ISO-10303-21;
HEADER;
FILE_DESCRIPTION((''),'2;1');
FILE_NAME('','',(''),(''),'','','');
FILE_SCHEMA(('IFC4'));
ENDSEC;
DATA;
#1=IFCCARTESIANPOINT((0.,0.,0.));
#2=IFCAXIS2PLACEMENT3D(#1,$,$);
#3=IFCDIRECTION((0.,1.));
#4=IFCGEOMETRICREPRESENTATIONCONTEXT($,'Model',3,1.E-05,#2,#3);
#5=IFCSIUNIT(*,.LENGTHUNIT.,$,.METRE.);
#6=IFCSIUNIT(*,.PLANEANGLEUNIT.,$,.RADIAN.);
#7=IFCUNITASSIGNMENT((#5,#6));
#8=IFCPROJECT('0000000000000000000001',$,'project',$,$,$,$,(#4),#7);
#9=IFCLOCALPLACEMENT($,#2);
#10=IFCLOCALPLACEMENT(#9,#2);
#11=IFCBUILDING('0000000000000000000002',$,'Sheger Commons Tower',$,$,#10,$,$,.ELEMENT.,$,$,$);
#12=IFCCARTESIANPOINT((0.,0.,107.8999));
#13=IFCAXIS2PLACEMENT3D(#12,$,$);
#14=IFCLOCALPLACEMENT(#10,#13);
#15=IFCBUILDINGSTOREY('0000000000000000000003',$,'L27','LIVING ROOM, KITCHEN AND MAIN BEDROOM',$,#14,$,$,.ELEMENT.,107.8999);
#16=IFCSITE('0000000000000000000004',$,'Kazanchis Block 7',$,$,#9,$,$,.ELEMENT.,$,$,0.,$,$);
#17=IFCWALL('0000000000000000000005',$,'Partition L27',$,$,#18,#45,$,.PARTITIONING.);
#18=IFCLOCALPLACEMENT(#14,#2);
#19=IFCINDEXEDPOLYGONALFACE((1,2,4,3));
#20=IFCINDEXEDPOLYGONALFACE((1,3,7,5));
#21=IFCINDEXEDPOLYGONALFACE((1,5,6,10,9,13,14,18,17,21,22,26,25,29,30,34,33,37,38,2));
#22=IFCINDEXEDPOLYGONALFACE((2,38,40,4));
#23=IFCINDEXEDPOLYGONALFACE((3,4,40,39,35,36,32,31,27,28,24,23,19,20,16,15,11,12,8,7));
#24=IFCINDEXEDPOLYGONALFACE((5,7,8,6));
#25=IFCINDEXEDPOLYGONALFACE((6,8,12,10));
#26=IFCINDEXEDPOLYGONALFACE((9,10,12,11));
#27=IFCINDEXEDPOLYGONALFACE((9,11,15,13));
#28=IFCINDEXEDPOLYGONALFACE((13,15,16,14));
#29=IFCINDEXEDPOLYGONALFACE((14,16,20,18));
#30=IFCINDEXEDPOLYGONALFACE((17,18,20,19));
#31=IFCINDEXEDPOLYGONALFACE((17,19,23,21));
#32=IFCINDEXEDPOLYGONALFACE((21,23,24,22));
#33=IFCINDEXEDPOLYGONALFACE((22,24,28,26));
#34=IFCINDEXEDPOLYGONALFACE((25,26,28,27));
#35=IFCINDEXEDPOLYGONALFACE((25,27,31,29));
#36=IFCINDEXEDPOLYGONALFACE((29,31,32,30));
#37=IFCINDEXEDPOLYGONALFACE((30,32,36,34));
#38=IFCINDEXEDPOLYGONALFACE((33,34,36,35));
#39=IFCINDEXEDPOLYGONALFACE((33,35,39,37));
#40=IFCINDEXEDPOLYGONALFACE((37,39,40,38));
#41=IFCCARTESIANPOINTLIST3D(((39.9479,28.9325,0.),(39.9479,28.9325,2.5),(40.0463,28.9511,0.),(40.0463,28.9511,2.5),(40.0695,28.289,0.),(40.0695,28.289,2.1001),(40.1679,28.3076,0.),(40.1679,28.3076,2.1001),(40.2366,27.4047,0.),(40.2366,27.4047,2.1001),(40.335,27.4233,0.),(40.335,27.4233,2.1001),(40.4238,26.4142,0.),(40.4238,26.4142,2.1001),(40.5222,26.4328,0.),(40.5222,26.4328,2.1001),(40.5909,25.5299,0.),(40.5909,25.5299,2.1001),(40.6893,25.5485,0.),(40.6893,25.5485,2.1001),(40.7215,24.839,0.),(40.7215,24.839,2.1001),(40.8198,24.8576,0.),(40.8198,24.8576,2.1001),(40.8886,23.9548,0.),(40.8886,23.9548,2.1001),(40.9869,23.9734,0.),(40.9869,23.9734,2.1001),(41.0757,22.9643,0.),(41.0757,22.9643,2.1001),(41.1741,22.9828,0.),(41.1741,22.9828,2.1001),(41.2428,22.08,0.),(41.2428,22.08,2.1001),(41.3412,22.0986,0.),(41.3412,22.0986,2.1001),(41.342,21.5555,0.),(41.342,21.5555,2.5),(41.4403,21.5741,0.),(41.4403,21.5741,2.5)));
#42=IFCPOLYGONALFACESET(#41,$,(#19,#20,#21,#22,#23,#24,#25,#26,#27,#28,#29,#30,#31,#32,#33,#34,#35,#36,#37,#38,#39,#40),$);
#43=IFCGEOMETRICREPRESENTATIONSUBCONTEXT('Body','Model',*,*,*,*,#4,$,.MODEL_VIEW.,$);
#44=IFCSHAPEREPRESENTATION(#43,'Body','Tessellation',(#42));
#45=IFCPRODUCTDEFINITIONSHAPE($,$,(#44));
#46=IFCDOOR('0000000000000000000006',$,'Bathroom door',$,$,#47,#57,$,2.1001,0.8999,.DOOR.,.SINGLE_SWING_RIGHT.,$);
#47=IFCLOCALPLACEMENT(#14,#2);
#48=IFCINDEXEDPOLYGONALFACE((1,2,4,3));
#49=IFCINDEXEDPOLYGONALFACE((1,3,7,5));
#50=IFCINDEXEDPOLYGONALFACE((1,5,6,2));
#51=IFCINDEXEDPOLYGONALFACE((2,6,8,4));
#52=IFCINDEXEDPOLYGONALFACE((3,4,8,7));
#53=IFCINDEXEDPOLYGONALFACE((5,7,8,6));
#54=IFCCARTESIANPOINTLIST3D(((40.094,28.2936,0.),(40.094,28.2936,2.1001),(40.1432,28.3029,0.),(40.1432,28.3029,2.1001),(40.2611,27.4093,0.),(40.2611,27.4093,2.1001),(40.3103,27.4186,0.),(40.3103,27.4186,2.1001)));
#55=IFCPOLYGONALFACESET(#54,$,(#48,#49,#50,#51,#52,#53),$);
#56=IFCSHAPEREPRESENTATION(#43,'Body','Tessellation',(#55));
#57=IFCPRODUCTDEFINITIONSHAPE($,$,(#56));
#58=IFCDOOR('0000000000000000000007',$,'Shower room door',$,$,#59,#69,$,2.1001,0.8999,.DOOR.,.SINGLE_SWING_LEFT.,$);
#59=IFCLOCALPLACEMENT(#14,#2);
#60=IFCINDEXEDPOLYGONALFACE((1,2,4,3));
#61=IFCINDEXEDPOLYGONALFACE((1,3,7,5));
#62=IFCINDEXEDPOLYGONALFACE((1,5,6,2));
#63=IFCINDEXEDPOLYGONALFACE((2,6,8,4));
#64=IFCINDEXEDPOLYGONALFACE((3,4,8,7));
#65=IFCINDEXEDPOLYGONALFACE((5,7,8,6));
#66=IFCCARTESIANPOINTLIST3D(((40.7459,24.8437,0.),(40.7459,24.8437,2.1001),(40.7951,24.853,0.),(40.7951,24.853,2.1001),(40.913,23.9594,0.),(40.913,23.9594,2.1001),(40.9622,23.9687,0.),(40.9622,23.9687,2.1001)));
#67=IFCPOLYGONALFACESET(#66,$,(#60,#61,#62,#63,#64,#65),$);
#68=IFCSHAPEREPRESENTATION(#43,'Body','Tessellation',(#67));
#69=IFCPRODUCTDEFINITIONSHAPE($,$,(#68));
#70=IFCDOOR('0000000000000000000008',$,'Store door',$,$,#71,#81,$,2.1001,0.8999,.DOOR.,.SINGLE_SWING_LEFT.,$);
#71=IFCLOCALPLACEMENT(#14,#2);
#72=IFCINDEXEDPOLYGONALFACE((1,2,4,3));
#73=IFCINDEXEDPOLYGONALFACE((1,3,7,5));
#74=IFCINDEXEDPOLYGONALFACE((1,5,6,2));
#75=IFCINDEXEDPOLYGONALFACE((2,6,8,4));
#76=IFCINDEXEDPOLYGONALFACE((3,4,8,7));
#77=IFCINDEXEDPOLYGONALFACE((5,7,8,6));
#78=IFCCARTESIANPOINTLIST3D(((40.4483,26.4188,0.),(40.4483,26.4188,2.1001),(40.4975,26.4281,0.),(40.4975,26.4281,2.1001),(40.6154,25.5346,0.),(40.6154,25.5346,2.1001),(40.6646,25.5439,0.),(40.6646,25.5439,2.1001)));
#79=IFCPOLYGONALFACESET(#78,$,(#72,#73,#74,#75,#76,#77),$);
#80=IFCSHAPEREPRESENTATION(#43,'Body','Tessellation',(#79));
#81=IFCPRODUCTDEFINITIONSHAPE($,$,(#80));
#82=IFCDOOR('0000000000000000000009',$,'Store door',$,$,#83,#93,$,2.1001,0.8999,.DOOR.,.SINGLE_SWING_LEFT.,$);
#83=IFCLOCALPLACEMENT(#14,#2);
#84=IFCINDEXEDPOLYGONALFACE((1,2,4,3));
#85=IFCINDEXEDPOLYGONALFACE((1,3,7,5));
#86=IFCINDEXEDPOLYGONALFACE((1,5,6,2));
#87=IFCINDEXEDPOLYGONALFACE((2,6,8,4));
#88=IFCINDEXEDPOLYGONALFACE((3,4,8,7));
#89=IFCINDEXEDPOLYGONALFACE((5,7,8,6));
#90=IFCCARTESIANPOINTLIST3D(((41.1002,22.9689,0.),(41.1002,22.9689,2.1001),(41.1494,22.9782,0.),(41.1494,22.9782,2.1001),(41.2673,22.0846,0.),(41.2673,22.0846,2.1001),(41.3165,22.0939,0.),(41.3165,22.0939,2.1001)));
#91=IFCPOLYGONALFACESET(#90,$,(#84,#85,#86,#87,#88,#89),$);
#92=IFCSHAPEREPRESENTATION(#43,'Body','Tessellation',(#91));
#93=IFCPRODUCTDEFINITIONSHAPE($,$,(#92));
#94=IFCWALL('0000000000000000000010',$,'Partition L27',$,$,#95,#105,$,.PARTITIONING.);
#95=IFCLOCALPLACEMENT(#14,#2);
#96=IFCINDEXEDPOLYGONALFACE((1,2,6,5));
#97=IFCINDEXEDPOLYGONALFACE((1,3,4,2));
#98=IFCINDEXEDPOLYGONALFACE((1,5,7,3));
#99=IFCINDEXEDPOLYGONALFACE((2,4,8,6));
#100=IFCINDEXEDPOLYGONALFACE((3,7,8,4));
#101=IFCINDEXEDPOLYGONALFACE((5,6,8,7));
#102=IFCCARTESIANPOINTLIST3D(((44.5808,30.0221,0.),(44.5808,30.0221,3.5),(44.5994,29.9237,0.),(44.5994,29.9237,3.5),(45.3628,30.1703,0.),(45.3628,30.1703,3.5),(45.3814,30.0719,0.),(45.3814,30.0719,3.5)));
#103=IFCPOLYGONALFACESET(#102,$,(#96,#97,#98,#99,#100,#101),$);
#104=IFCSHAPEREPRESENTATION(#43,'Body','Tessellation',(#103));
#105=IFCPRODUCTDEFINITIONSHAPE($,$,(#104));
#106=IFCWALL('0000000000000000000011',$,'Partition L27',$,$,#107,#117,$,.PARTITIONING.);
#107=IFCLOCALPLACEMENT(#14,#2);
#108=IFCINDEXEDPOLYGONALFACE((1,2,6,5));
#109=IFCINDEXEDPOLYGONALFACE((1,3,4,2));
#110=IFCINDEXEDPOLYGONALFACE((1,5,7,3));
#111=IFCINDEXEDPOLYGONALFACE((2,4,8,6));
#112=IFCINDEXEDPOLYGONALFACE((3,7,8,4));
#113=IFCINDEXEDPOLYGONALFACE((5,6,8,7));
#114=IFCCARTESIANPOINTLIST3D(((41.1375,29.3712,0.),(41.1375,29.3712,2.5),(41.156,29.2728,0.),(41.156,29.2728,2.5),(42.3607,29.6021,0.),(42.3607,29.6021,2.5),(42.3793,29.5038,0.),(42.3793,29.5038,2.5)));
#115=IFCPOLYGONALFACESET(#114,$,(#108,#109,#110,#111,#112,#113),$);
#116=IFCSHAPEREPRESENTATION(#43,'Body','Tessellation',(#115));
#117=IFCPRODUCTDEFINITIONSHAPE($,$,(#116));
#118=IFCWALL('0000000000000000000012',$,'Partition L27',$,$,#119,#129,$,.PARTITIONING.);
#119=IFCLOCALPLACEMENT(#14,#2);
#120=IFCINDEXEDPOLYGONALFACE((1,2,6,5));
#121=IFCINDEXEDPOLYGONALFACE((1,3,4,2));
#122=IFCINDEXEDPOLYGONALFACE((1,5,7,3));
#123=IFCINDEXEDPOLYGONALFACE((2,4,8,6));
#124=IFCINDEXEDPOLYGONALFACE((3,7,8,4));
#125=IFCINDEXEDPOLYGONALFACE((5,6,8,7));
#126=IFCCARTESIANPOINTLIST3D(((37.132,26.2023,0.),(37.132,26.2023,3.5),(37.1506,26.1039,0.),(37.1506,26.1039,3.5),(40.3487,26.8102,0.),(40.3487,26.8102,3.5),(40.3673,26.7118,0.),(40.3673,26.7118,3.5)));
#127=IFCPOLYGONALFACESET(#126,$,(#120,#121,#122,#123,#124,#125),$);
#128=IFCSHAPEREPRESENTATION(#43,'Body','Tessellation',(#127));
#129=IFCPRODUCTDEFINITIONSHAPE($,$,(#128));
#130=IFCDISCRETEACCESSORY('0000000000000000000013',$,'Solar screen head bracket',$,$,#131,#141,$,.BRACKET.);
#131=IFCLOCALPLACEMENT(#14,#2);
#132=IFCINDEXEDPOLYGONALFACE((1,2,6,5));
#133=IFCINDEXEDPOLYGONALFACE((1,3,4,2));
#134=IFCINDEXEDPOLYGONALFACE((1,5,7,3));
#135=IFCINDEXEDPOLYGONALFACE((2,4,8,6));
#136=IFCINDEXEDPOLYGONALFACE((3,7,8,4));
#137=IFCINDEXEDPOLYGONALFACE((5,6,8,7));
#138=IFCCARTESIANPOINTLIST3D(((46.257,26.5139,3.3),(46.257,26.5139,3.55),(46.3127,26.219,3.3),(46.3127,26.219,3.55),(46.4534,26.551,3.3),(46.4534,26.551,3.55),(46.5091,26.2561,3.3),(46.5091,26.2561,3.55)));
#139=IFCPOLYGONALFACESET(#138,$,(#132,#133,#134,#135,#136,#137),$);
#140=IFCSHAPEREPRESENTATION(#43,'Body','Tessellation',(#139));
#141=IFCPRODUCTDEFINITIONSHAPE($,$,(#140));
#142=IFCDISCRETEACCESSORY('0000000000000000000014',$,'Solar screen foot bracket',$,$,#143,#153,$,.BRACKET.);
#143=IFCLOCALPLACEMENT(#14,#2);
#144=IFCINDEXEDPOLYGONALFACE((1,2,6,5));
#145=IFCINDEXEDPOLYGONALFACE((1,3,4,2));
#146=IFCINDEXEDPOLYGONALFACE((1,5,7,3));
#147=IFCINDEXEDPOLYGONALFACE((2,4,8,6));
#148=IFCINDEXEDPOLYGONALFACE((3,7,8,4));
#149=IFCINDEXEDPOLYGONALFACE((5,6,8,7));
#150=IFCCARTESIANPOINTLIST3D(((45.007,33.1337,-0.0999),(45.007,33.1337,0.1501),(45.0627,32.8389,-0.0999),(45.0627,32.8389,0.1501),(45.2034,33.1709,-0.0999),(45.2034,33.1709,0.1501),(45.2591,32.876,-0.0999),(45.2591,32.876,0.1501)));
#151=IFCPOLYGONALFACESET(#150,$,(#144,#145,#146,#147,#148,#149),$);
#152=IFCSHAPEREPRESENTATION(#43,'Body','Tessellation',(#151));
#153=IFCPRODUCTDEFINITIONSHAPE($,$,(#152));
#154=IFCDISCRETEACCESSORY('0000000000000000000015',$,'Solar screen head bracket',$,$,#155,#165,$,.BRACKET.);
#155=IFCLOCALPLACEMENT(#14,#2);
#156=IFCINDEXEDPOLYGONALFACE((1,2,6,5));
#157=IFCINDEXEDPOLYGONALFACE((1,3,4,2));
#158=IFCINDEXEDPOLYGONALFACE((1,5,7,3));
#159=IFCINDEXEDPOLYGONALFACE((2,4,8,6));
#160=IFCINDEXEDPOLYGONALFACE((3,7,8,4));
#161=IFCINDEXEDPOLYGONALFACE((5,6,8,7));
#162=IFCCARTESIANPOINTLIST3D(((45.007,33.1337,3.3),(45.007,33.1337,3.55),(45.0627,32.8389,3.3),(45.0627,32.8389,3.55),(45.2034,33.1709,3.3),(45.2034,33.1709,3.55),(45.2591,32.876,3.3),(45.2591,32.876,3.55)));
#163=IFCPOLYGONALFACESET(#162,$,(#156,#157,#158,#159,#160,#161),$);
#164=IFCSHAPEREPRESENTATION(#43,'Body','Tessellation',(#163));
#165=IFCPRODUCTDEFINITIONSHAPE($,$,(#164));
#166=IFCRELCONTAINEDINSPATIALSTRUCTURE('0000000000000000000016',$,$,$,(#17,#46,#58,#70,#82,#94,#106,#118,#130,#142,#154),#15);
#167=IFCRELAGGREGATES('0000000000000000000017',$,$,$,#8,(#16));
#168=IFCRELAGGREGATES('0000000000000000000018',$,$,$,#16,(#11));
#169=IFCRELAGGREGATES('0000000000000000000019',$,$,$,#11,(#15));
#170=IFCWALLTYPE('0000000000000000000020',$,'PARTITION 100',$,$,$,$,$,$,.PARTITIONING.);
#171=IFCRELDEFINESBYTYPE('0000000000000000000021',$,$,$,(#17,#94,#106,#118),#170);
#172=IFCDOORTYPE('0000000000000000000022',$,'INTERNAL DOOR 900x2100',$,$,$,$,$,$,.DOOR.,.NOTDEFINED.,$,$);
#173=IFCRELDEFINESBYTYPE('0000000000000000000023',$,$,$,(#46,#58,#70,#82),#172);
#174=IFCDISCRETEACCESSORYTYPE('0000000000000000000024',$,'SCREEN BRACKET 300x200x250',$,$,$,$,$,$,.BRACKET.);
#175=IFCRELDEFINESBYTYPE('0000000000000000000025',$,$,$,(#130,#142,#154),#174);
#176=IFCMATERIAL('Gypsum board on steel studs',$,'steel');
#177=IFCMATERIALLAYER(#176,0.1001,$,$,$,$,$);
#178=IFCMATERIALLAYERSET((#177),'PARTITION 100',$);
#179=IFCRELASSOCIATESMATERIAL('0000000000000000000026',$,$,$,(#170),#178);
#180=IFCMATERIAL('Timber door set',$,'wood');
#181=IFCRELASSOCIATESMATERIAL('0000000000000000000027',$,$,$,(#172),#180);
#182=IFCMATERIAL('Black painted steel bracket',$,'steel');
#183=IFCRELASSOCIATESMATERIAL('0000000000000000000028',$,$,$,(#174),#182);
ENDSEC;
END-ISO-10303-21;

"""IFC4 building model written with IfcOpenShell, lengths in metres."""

from ifc_helpers import new_model, si_unit, direction, frame, frame_2d, origin, origin_2d, place, context, subcontext, project, spatial, rectangle, extrude, material, layer, layer_set, type_object, element, fill, save


model = new_model("IFC4")

# Units and contexts
model_context = context("Model", 3, precision=1e-05, world=origin(), true_north=direction((0.0, 1.0)))
body_context = subcontext(model_context, "Body", "Model", "MODEL_VIEW")
ifc_project = project(units=[si_unit("LENGTHUNIT", "METRE"), si_unit("PLANEANGLEUNIT", "RADIAN")], contexts=[model_context])

# Site, building, storey
site_placement = place(None, origin())
site = spatial("IfcSite", under=ifc_project, at=site_placement, Name="Kazanchis Block 7", CompositionType="ELEMENT", RefElevation=0.0)
building_placement = place(site_placement, origin())
building = spatial("IfcBuilding", under=site, at=building_placement, Name="Sheger Commons Tower", CompositionType="ELEMENT")
storey_placement = place(building_placement, frame((0.0, 0.0, 107.8999)))
storey = spatial("IfcBuildingStorey", under=building, at=storey_placement, Name="L27", Description="LIVING ROOM, KITCHEN AND MAIN BEDROOM", CompositionType="ELEMENT", Elevation=107.8999)

# Wall, openings, doors
ifc_material_1 = material(Name="Gypsum board on steel studs", Category="steel")
ifc_layer_1 = layer(ifc_material_1, 0.1001)
ifc_layer_set_1 = layer_set([ifc_layer_1], Name="PARTITION 100")
wall_type_1 = type_object("IfcWallType", Name="PARTITION 100", PredefinedType="PARTITIONING", material=ifc_layer_set_1)
ifc_material_2 = material(Name="Timber door set", Category="wood")
door_type = type_object("IfcDoorType", Name="INTERNAL DOOR 900x2100", OperationType="NOTDEFINED", PredefinedType="DOOR", material=ifc_material_2)
wall_1_placement = place(storey_placement, frame((39.9971, 28.9419, 0.0), z_axis=(0.0, 0.0, 1.0), x_axis=(0.185686, -0.982609, 0.0)))
wall_1 = element("IfcWall", 1, at=wall_1_placement, inside=storey, type_object=wall_type_1, Name="Partition L27", PredefinedType="PARTITIONING", context=body_context, shape_type="SweptSolid", body=[
    extrude(rectangle(XDim=7.5076, YDim=0.1001, at=frame_2d((3.7539, 0.0))), origin(), (0.0, 0.0, 1.0), 2.5),
])
opening_1_placement = place(wall_1_placement, frame((0.655, 0.0, 0.0)))
opening_1 = element("IfcOpeningElement", 2, at=opening_1_placement, cuts=wall_1, PredefinedType="OPENING", context=body_context, shape_type="SweptSolid", body=[
    extrude(rectangle(XDim=0.8999, YDim=2.1001, at=frame_2d((0.45, 1.05))), frame((0.0, 0.0601, 0.0), z_axis=(0.0, -1.0, 0.0), x_axis=(1.0, 0.0, 0.0)), (0.0, 0.0, 1.0), 0.1201),
])
opening_2_placement = place(wall_1_placement, frame((4.166, 0.0, 0.0)))
opening_2 = element("IfcOpeningElement", 3, at=opening_2_placement, cuts=wall_1, PredefinedType="OPENING", context=body_context, shape_type="SweptSolid", body=[
    extrude(rectangle(XDim=0.8999, YDim=2.1001, at=frame_2d((0.45, 1.05))), frame((0.0, 0.0601, 0.0), z_axis=(0.0, -1.0, 0.0), x_axis=(1.0, 0.0, 0.0)), (0.0, 0.0, 1.0), 0.1201),
])
opening_3_placement = place(wall_1_placement, frame((2.563, 0.0, 0.0)))
opening_3 = element("IfcOpeningElement", 4, at=opening_3_placement, cuts=wall_1, PredefinedType="OPENING", context=body_context, shape_type="SweptSolid", body=[
    extrude(rectangle(XDim=0.8999, YDim=2.1001, at=frame_2d((0.45, 1.05))), frame((0.0, 0.0601, 0.0), z_axis=(0.0, -1.0, 0.0), x_axis=(1.0, 0.0, 0.0)), (0.0, 0.0, 1.0), 0.1201),
])
opening_4_placement = place(wall_1_placement, frame((6.074, 0.0, 0.0)))
opening_4 = element("IfcOpeningElement", 5, at=opening_4_placement, cuts=wall_1, PredefinedType="OPENING", context=body_context, shape_type="SweptSolid", body=[
    extrude(rectangle(XDim=0.8999, YDim=2.1001, at=frame_2d((0.45, 1.05))), frame((0.0, 0.0601, 0.0), z_axis=(0.0, -1.0, 0.0), x_axis=(1.0, 0.0, 0.0)), (0.0, 0.0, 1.0), 0.1201),
])
door_1_placement = place(opening_1_placement, origin())
door_1 = element("IfcDoor", 6, at=door_1_placement, inside=storey, type_object=door_type, Name="Bathroom door", OperationType="SINGLE_SWING_RIGHT", OverallHeight=2.1001, OverallWidth=0.8999, PredefinedType="DOOR", context=body_context, shape_type="SweptSolid", body=[
    extrude(rectangle(XDim=0.8999, YDim=2.1001, at=frame_2d((0.45, 1.05))), frame((0.0, 0.0249, 0.0), z_axis=(0.0, -1.0, 0.0), x_axis=(1.0, 0.0, 0.0)), (0.0, 0.0, 1.0), 0.05),
])
fill(opening_1, door_1)
door_2_placement = place(opening_2_placement, origin())
door_2 = element("IfcDoor", 7, at=door_2_placement, inside=storey, type_object=door_type, Name="Shower room door", OperationType="SINGLE_SWING_LEFT", OverallHeight=2.1001, OverallWidth=0.8999, PredefinedType="DOOR", context=body_context, shape_type="SweptSolid", body=[
    extrude(rectangle(XDim=0.8999, YDim=2.1001, at=frame_2d((0.45, 1.05))), frame((0.0, 0.0249, 0.0), z_axis=(0.0, -1.0, 0.0), x_axis=(1.0, 0.0, 0.0)), (0.0, 0.0, 1.0), 0.05),
])
fill(opening_2, door_2)
door_3_placement = place(opening_3_placement, origin())
door_3 = element("IfcDoor", 8, at=door_3_placement, inside=storey, type_object=door_type, Name="Store door", OperationType="SINGLE_SWING_LEFT", OverallHeight=2.1001, OverallWidth=0.8999, PredefinedType="DOOR", context=body_context, shape_type="SweptSolid", body=[
    extrude(rectangle(XDim=0.8999, YDim=2.1001, at=frame_2d((0.45, 1.05))), frame((0.0, 0.0249, 0.0), z_axis=(0.0, -1.0, 0.0), x_axis=(1.0, 0.0, 0.0)), (0.0, 0.0, 1.0), 0.05),
])
fill(opening_3, door_3)
door_4_placement = place(opening_4_placement, origin())
door_4 = element("IfcDoor", 9, at=door_4_placement, inside=storey, type_object=door_type, Name="Store door", OperationType="SINGLE_SWING_LEFT", OverallHeight=2.1001, OverallWidth=0.8999, PredefinedType="DOOR", context=body_context, shape_type="SweptSolid", body=[
    extrude(rectangle(XDim=0.8999, YDim=2.1001, at=frame_2d((0.45, 1.05))), frame((0.0, 0.0249, 0.0), z_axis=(0.0, -1.0, 0.0), x_axis=(1.0, 0.0, 0.0)), (0.0, 0.0, 1.0), 0.05),
])
fill(opening_4, door_4)

# Walls
wall_2_placement = place(storey_placement, frame((45.3721, 30.1211, 0.0), z_axis=(0.0, 0.0, 1.0), x_axis=(-0.982513, -0.186196, 0.0)))
element("IfcWall", 10, at=wall_2_placement, inside=storey, type_object=wall_type_1, Name="Partition L27", PredefinedType="PARTITIONING", context=body_context, shape_type="SweptSolid", body=[
    extrude(rectangle(XDim=0.7959, YDim=0.1001, at=frame_2d((0.3979, 0.0))), origin(), (0.0, 0.0, 1.0), 3.5),
])
wall_3_placement = place(storey_placement, frame((42.3701, 29.553, 0.0), z_axis=(0.0, 0.0, 1.0), x_axis=(-0.982636, -0.185544, 0.0)))
element("IfcWall", 11, at=wall_3_placement, inside=storey, type_object=wall_type_1, Name="Partition L27", PredefinedType="PARTITIONING", context=body_context, shape_type="SweptSolid", body=[
    extrude(rectangle(XDim=1.2449, YDim=0.1001, at=frame_2d((0.6226, 0.0))), origin(), (0.0, 0.0, 1.0), 2.5),
])
wall_4_placement = place(storey_placement, frame((40.3579, 26.761, 0.0), z_axis=(0.0, 0.0, 1.0), x_axis=(-0.982608, -0.185693, 0.0)))
element("IfcWall", 12, at=wall_4_placement, inside=storey, type_object=wall_type_1, Name="Partition L27", PredefinedType="PARTITIONING", context=body_context, shape_type="SweptSolid", body=[
    extrude(rectangle(XDim=3.2737, YDim=0.1001, at=frame_2d((1.6367, 0.0))), origin(), (0.0, 0.0, 1.0), 3.5),
])

# Discrete accessories
ifc_material_3 = material(Name="Black painted steel bracket", Category="steel")
discrete_accessory_type = type_object("IfcDiscreteAccessoryType", Name="SCREEN BRACKET 300x200x250", PredefinedType="BRACKET", material=ifc_material_3)
for number, where, z_axis, x_axis, name in (
    (13, (46.3831, 26.385, 3.3), (0.0, 0.0, 1.0), (-0.185615, 0.982623, 0.0), "Solar screen head bracket"),
    (14, (45.1331, 33.0049, -0.0999), (0.0, 0.0, 1.0), (-0.185615, 0.982623, 0.0), "Solar screen foot bracket"),
    (15, (45.1331, 33.0049, 3.3), (0.0, 0.0, 1.0), (-0.185615, 0.982623, 0.0), "Solar screen head bracket"),
):
    element("IfcDiscreteAccessory", number, at=place(storey_placement, frame(where, z_axis=z_axis, x_axis=x_axis)), inside=storey, type_object=discrete_accessory_type, Name=name, PredefinedType="BRACKET", context=body_context, shape_type="SweptSolid", body=[
        extrude(rectangle(XDim=0.3, YDim=0.2, at=origin_2d()), origin(), (0.0, 0.0, 1.0), 0.25),
    ])

save(model, "model.ifc")
